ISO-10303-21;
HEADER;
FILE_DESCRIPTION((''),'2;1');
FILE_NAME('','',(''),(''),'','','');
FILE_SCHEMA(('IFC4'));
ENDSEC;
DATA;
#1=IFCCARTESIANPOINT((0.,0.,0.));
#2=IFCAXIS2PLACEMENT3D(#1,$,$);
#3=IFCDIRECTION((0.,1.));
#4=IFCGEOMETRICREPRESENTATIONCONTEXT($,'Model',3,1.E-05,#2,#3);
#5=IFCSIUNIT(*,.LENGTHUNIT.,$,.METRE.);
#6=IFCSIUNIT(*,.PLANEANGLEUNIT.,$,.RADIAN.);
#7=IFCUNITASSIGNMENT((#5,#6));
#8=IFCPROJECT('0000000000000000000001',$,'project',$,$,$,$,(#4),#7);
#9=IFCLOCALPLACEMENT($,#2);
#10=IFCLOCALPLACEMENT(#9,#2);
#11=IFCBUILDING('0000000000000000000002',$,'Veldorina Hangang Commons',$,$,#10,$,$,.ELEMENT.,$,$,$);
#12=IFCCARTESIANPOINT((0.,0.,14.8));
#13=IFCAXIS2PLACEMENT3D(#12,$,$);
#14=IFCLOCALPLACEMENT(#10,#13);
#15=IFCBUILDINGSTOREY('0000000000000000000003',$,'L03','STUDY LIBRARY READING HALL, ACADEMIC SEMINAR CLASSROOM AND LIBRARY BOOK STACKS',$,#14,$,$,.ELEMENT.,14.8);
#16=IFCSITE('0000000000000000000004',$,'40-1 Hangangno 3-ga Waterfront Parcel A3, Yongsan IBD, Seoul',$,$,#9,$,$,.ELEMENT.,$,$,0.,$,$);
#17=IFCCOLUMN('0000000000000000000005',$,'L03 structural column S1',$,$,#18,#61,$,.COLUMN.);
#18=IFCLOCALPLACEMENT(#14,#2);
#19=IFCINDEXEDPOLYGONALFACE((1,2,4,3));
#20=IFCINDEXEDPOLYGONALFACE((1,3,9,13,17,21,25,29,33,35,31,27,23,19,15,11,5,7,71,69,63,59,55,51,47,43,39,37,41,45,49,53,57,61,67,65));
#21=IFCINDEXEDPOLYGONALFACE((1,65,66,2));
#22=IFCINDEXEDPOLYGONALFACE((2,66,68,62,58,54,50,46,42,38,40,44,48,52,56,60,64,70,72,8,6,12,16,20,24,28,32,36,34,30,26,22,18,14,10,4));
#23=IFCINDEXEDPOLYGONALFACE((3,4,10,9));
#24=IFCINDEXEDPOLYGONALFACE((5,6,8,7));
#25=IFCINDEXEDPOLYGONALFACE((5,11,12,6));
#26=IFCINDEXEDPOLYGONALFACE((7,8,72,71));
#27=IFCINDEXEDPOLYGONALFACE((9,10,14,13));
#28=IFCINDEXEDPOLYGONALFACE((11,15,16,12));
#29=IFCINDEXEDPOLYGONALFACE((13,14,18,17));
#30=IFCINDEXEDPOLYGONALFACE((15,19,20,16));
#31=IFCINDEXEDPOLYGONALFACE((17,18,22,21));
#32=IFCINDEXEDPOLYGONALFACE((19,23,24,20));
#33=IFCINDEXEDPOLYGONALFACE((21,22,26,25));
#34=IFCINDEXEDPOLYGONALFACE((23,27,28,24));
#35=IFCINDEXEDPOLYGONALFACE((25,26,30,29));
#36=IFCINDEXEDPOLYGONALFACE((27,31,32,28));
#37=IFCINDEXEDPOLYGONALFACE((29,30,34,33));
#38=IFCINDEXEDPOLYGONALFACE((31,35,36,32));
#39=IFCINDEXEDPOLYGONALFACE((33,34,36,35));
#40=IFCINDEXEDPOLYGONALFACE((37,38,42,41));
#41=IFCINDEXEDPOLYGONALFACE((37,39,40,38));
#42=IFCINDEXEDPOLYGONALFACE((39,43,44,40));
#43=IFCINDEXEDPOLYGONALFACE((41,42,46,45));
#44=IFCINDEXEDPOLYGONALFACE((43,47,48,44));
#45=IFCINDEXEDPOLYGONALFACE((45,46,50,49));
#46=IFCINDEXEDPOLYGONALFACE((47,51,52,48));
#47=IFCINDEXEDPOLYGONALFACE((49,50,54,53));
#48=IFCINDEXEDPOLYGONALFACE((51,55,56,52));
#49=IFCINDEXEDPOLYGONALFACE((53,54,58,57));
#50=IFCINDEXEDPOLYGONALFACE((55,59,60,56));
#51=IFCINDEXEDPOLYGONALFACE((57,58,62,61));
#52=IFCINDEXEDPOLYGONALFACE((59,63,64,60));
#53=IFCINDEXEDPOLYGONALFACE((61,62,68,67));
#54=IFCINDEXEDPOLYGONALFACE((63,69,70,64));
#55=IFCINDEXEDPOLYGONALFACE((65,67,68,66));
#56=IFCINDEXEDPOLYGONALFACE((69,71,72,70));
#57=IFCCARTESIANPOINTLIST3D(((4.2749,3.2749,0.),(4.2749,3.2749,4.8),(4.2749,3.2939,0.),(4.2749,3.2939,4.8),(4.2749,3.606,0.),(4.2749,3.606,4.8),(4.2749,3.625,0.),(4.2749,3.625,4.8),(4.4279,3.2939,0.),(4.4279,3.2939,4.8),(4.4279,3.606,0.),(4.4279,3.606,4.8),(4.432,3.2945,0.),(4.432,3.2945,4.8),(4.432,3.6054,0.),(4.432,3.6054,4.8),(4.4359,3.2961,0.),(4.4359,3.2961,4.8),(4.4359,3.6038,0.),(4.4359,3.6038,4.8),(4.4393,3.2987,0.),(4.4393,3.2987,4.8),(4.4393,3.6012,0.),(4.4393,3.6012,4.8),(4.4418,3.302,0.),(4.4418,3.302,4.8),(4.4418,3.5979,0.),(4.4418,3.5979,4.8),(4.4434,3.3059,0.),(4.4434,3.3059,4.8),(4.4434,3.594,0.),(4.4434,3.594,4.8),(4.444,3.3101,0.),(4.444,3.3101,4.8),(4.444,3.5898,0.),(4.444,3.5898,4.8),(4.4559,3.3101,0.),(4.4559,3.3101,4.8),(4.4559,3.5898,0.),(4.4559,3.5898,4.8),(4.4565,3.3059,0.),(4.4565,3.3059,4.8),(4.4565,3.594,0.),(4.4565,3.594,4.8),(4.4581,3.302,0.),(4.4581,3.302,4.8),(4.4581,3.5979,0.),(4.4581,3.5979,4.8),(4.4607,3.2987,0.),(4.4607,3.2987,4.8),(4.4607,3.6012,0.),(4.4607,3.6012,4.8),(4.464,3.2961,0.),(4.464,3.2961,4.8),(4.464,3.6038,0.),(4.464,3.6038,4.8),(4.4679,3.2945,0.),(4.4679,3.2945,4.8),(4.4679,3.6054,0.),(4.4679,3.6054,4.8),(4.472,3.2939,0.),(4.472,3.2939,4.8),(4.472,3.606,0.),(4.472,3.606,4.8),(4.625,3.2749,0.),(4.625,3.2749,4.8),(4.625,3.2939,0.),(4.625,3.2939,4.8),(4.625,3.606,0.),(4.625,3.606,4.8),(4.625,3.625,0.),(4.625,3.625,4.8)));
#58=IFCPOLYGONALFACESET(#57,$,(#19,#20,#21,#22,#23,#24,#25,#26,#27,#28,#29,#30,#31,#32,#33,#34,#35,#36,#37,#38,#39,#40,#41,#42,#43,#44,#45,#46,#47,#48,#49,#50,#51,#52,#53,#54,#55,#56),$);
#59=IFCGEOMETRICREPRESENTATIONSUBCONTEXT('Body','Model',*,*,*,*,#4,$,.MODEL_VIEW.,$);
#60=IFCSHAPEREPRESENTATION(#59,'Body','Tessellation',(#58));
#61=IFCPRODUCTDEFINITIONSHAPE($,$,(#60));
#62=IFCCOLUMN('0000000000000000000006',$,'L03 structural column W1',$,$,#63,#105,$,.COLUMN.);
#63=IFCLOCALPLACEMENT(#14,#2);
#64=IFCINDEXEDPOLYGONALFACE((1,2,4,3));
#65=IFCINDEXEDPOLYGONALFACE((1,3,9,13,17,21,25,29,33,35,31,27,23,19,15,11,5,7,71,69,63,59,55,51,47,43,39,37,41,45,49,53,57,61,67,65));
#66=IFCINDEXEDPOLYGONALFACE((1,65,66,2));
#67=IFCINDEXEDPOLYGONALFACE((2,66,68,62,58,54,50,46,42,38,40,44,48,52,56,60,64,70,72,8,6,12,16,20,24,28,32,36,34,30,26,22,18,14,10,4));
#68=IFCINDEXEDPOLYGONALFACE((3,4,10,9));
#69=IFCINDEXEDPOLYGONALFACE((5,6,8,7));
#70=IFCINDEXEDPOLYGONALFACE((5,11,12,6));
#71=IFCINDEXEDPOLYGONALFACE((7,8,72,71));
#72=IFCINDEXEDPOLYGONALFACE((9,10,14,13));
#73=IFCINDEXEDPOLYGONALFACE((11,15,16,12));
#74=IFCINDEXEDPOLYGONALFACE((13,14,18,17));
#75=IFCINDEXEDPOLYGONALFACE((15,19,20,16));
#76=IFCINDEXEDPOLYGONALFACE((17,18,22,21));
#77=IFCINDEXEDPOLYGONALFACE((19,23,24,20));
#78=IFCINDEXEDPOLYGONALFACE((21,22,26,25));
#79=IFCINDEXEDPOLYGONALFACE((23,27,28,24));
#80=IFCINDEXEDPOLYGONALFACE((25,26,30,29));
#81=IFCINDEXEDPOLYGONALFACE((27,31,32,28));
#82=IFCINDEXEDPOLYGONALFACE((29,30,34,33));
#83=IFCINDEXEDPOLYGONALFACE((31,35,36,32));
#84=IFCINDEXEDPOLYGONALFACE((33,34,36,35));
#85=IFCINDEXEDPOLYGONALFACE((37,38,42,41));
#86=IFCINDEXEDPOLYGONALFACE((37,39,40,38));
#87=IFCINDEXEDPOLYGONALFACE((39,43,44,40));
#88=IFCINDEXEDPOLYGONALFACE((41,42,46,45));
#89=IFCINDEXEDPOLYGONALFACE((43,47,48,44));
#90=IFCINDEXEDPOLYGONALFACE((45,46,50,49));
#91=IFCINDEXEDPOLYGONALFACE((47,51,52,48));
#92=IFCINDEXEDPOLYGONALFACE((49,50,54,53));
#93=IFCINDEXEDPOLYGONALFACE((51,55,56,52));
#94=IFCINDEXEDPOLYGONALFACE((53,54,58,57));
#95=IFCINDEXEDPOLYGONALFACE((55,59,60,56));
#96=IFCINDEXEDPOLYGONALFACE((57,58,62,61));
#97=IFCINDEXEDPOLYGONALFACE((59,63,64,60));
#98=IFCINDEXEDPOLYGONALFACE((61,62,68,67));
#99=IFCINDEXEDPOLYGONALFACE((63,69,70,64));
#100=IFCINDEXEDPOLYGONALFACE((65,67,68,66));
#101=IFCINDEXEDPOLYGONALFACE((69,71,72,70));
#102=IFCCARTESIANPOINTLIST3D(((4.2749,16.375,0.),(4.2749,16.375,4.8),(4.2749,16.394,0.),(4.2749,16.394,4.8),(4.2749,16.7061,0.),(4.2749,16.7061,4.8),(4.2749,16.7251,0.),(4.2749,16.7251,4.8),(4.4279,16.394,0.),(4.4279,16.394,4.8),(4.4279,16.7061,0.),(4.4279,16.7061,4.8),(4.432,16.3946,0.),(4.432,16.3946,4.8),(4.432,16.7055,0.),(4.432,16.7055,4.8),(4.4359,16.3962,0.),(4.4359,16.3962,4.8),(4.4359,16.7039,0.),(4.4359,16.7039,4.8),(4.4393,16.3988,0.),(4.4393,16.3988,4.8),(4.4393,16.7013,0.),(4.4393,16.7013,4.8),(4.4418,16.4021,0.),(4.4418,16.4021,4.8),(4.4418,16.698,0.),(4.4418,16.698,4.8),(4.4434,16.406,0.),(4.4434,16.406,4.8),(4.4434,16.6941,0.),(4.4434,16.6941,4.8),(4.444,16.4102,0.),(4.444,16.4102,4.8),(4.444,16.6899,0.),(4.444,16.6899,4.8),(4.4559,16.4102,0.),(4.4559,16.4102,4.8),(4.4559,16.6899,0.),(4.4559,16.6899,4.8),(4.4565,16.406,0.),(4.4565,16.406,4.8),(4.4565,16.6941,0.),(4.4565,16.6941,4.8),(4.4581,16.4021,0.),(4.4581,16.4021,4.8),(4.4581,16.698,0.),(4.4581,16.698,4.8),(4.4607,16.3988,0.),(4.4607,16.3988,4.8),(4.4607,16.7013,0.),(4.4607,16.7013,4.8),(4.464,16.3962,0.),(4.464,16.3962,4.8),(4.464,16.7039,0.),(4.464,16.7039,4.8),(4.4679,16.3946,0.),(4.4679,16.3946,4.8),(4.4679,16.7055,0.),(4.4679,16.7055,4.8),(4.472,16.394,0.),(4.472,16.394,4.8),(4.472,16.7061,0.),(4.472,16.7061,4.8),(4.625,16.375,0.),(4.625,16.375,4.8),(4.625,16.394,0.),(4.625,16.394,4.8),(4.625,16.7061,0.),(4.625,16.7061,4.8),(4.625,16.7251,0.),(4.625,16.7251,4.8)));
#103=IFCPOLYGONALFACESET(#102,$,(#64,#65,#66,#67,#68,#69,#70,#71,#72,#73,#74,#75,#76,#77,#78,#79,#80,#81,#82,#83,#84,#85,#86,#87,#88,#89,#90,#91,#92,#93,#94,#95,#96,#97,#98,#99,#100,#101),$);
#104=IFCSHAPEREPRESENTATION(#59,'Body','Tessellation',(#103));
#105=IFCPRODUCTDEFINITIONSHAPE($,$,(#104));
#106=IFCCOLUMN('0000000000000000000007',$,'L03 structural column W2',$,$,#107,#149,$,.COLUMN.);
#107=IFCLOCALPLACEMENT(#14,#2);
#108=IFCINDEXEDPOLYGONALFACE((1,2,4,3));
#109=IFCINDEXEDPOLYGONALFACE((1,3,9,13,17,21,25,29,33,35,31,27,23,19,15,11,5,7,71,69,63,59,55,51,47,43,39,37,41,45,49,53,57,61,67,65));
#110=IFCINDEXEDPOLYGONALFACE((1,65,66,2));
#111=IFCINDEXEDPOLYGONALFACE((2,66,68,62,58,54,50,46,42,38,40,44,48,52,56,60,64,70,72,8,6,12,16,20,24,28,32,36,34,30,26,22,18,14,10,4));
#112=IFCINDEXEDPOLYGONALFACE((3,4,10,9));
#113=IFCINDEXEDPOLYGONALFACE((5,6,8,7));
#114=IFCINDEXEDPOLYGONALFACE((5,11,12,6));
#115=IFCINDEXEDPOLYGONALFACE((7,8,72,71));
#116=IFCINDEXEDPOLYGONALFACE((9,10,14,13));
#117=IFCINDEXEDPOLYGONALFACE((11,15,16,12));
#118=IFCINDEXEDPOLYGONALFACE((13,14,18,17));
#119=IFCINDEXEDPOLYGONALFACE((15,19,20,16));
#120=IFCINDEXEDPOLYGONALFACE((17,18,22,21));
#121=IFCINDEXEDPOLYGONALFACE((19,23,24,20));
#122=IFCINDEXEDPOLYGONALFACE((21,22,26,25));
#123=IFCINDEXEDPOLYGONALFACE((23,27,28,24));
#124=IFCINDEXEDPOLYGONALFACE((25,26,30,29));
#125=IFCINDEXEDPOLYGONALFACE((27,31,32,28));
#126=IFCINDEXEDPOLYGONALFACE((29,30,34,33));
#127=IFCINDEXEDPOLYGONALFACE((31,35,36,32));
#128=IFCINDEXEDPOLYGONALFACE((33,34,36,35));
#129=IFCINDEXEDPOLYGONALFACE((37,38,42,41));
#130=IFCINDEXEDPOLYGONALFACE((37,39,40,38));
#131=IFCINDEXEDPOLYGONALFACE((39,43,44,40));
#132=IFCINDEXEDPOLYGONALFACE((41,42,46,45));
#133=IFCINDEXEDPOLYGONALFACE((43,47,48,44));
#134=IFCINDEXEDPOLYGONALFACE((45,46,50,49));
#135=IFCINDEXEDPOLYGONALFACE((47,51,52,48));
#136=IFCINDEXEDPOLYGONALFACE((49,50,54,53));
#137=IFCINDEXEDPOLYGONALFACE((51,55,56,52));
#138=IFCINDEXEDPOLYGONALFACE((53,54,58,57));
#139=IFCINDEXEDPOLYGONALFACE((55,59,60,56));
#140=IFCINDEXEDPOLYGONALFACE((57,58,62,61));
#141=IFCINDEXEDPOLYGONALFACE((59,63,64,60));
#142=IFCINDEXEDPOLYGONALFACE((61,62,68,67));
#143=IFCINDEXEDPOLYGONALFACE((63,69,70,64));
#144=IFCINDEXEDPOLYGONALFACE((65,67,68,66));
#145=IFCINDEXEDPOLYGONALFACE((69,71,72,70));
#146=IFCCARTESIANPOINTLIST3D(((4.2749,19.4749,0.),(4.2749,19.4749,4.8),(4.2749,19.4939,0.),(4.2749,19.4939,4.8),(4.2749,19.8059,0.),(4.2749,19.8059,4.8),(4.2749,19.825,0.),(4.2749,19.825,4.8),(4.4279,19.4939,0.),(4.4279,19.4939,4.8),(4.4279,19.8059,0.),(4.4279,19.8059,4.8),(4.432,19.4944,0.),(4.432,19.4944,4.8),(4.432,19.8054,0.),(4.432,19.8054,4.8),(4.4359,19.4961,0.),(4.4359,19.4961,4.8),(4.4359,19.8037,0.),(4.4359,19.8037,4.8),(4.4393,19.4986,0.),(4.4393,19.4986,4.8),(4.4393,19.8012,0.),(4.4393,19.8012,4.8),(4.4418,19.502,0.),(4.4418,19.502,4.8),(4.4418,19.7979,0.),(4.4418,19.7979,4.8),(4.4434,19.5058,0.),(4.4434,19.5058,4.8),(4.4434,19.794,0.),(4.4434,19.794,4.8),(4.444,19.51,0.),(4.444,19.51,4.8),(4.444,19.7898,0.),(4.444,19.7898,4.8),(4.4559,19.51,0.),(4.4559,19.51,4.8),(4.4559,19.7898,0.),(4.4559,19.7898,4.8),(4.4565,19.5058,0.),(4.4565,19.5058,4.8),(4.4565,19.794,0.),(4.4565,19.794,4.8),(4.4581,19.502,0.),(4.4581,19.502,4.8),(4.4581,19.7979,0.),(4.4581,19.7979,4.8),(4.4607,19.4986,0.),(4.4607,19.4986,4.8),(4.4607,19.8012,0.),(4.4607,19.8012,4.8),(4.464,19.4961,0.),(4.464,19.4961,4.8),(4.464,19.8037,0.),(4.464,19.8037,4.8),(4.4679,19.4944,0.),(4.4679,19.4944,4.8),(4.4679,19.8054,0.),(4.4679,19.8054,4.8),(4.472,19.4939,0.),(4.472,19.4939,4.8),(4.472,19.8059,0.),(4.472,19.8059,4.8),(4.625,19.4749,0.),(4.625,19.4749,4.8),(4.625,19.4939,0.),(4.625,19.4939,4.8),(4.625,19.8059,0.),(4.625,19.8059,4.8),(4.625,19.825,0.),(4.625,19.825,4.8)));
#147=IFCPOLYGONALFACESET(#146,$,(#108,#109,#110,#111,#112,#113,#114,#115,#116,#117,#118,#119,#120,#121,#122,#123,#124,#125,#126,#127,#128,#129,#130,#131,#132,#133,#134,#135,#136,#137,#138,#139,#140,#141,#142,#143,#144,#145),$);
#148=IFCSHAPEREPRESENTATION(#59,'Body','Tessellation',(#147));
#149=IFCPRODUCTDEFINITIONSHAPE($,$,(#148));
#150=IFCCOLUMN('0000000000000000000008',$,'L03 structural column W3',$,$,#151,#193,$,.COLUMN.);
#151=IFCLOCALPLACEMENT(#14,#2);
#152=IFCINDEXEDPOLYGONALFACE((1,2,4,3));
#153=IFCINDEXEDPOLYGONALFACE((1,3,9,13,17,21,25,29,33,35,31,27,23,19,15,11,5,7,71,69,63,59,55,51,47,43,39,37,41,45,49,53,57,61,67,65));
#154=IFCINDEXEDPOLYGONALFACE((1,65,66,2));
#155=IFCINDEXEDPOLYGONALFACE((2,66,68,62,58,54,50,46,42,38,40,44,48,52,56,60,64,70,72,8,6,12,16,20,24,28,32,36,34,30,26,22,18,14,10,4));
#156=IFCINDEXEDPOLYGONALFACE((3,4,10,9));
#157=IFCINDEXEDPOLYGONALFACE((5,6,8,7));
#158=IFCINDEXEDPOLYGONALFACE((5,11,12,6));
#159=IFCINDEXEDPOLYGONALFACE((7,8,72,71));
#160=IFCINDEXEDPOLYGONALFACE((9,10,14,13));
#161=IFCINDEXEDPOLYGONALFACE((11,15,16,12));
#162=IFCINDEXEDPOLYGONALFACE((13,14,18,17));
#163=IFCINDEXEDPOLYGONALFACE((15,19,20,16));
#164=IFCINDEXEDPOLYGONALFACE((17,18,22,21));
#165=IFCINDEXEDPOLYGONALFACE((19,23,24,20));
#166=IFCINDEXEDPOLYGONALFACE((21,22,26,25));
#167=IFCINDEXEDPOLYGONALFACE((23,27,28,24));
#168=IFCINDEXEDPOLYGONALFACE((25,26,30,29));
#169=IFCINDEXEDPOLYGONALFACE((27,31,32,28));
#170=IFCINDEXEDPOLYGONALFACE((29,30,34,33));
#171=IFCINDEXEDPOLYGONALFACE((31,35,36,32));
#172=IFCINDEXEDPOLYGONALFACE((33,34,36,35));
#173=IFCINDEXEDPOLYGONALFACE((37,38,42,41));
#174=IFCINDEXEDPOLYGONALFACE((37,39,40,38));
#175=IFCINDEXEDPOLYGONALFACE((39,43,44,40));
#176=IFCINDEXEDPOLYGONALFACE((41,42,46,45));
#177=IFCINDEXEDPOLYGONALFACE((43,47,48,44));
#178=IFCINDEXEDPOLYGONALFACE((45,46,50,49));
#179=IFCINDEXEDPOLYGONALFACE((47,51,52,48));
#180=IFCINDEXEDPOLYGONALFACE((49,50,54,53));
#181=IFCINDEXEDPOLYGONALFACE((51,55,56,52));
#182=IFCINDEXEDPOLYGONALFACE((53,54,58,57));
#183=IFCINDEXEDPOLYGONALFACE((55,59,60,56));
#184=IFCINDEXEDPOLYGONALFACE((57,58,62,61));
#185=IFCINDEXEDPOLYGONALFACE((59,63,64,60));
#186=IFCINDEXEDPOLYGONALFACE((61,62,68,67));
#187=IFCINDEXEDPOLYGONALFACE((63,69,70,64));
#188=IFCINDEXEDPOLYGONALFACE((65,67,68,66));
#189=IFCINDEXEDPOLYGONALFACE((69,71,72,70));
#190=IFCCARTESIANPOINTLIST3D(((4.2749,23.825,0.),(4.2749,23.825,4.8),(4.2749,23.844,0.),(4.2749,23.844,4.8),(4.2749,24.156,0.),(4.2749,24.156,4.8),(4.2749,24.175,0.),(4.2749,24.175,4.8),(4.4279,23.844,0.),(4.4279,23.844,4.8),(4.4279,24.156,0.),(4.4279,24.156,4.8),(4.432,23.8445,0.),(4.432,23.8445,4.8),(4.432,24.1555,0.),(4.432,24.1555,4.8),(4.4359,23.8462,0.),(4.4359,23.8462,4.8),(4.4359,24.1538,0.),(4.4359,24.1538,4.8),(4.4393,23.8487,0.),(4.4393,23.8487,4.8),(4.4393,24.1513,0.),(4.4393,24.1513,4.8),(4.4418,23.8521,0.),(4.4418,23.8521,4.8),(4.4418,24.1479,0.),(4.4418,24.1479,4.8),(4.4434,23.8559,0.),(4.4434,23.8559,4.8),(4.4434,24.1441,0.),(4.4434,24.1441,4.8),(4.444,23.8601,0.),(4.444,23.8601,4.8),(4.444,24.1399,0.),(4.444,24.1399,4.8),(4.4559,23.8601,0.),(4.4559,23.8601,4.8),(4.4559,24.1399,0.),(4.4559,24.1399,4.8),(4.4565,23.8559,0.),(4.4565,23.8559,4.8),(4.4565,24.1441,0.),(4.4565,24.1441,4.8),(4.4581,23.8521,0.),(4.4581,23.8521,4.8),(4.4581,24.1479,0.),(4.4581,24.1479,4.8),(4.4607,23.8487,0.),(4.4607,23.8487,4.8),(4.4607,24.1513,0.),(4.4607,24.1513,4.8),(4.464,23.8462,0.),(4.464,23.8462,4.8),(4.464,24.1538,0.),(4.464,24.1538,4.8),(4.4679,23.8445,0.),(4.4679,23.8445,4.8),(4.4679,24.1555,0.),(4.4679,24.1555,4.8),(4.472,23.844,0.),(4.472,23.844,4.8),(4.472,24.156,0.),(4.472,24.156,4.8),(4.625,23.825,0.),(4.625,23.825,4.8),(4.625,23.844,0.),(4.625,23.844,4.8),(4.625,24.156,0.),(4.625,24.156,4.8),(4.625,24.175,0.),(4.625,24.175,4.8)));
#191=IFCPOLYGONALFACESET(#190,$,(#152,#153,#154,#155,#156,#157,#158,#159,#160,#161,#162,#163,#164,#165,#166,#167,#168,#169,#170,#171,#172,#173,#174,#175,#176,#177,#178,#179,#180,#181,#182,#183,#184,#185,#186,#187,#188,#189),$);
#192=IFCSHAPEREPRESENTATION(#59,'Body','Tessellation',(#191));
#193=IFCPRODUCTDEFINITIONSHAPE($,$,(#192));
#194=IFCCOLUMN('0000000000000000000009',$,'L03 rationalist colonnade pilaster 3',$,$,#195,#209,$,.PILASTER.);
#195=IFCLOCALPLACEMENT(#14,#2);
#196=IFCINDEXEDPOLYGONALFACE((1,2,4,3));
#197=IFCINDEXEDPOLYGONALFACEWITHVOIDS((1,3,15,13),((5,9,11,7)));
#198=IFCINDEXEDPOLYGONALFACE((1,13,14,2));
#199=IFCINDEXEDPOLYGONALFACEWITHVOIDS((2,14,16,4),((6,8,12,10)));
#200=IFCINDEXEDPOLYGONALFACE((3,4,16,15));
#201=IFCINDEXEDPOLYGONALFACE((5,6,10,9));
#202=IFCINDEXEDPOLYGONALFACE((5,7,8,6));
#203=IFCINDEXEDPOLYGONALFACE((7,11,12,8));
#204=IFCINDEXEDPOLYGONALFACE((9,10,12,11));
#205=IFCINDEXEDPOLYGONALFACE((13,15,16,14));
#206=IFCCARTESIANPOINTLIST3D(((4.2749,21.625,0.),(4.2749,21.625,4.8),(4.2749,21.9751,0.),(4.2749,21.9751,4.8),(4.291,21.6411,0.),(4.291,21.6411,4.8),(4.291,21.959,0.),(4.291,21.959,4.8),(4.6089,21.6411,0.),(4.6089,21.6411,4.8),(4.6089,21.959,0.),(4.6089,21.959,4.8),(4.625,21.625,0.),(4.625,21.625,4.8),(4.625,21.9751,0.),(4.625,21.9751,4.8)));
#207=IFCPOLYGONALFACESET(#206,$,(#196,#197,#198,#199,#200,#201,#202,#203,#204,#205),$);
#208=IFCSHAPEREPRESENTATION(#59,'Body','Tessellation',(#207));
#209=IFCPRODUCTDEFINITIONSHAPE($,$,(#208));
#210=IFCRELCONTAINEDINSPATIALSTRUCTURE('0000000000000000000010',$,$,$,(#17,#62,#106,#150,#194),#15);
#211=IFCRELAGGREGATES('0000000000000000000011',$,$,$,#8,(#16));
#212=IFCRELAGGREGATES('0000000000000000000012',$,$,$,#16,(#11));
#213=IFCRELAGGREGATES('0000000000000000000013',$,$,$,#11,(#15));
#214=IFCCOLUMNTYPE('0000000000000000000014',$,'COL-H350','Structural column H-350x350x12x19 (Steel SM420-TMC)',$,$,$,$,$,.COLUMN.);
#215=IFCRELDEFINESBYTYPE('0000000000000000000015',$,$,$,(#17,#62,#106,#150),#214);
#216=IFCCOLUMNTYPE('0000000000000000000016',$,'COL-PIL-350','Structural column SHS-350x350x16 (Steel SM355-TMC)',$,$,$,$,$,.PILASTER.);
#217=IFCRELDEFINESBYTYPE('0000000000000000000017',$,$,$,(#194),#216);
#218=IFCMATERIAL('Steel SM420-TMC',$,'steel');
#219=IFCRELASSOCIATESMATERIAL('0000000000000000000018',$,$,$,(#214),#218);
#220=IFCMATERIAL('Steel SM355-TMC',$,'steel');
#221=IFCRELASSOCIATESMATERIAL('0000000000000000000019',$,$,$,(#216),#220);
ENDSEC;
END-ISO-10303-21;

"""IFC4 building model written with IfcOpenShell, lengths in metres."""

from ifc_helpers import new_model, si_unit, direction, frame, origin, origin_2d, place, context, subcontext, project, spatial, hollow_rectangle, i_section, extrude, material, material_profile, profile_set, type_object, element, save


model = new_model("IFC4")

# Units and contexts
model_context = context("Model", 3, precision=1e-05, world=origin(), true_north=direction((0.0, 1.0)))
body_context = subcontext(model_context, "Body", "Model", "MODEL_VIEW")
ifc_project = project(units=[si_unit("LENGTHUNIT", "METRE"), si_unit("PLANEANGLEUNIT", "RADIAN")], contexts=[model_context])

# Site, building, storey
site_placement = place(None, origin())
site = spatial("IfcSite", under=ifc_project, at=site_placement, Name="40-1 Hangangno 3-ga Waterfront Parcel A3, Yongsan IBD, Seoul", CompositionType="ELEMENT", RefElevation=0.0)
building_placement = place(site_placement, origin())
building = spatial("IfcBuilding", under=site, at=building_placement, Name="Veldorina Hangang Commons", CompositionType="ELEMENT")
storey_placement = place(building_placement, frame((0.0, 0.0, 14.8)))
storey = spatial("IfcBuildingStorey", under=building, at=storey_placement, Name="L03", Description="STUDY LIBRARY READING HALL, ACADEMIC SEMINAR CLASSROOM AND LIBRARY BOOK STACKS", CompositionType="ELEMENT", Elevation=14.8)

# Columns
ifc_material_1 = material(Name="Steel SM420-TMC", Category="steel")
ifc_material_profile_1 = material_profile(ifc_material_1, i_section(OverallWidth=0.3501, OverallDepth=0.3501, WebThickness=0.012, FlangeThickness=0.019, FilletRadius=0.0161, at=origin_2d()), Name="H-350x350x12x19")
ifc_profile_set_1 = profile_set([ifc_material_profile_1], Name="Steel SM420-TMC")
column_type_1 = type_object("IfcColumnType", Name="COL-H350", Description="Structural column H-350x350x12x19 (Steel SM420-TMC)", PredefinedType="COLUMN", material=ifc_profile_set_1)
for number, where, z_axis, x_axis, name in (
    (1, (4.45, 3.45, 0.0), (0.0, 0.0, 1.0), (1.0, 0.0, 0.0), "L03 structural column S1"),
    (2, (4.45, 16.55, 0.0), (0.0, 0.0, 1.0), (1.0, 0.0, 0.0), "L03 structural column W1"),
    (3, (4.45, 19.6499, 0.0), (0.0, 0.0, 1.0), (1.0, 0.0, 0.0), "L03 structural column W2"),
    (4, (4.45, 24.0, 0.0), (0.0, 0.0, 1.0), (1.0, 0.0, 0.0), "L03 structural column W3"),
):
    element("IfcColumn", number, at=place(storey_placement, frame(where, z_axis=z_axis, x_axis=x_axis)), inside=storey, type_object=column_type_1, Name=name, PredefinedType="COLUMN", context=body_context, shape_type="SweptSolid", body=[
        extrude(i_section(OverallWidth=0.3501, OverallDepth=0.3501, WebThickness=0.012, FlangeThickness=0.019, FilletRadius=0.0161, at=origin_2d()), origin(), (0.0, 0.0, 1.0), 4.8),
    ])
ifc_material_2 = material(Name="Steel SM355-TMC", Category="steel")
ifc_material_profile_2 = material_profile(ifc_material_2, hollow_rectangle(XDim=0.3501, YDim=0.3501, WallThickness=0.0161, at=origin_2d()), Name="SHS-350x350x16")
ifc_profile_set_2 = profile_set([ifc_material_profile_2], Name="Steel SM355-TMC")
column_type_2 = type_object("IfcColumnType", Name="COL-PIL-350", Description="Structural column SHS-350x350x16 (Steel SM355-TMC)", PredefinedType="PILASTER", material=ifc_profile_set_2)
column_placement = place(storey_placement, frame((4.45, 21.8, 0.0), z_axis=(0.0, 0.0, 1.0), x_axis=(1.0, 0.0, 0.0)))
element("IfcColumn", 5, at=column_placement, inside=storey, type_object=column_type_2, Name="L03 rationalist colonnade pilaster 3", PredefinedType="PILASTER", context=body_context, shape_type="SweptSolid", body=[
    extrude(hollow_rectangle(XDim=0.3501, YDim=0.3501, WallThickness=0.0161, at=origin_2d()), origin(), (0.0, 0.0, 1.0), 4.8),
])

save(model, "model.ifc")
